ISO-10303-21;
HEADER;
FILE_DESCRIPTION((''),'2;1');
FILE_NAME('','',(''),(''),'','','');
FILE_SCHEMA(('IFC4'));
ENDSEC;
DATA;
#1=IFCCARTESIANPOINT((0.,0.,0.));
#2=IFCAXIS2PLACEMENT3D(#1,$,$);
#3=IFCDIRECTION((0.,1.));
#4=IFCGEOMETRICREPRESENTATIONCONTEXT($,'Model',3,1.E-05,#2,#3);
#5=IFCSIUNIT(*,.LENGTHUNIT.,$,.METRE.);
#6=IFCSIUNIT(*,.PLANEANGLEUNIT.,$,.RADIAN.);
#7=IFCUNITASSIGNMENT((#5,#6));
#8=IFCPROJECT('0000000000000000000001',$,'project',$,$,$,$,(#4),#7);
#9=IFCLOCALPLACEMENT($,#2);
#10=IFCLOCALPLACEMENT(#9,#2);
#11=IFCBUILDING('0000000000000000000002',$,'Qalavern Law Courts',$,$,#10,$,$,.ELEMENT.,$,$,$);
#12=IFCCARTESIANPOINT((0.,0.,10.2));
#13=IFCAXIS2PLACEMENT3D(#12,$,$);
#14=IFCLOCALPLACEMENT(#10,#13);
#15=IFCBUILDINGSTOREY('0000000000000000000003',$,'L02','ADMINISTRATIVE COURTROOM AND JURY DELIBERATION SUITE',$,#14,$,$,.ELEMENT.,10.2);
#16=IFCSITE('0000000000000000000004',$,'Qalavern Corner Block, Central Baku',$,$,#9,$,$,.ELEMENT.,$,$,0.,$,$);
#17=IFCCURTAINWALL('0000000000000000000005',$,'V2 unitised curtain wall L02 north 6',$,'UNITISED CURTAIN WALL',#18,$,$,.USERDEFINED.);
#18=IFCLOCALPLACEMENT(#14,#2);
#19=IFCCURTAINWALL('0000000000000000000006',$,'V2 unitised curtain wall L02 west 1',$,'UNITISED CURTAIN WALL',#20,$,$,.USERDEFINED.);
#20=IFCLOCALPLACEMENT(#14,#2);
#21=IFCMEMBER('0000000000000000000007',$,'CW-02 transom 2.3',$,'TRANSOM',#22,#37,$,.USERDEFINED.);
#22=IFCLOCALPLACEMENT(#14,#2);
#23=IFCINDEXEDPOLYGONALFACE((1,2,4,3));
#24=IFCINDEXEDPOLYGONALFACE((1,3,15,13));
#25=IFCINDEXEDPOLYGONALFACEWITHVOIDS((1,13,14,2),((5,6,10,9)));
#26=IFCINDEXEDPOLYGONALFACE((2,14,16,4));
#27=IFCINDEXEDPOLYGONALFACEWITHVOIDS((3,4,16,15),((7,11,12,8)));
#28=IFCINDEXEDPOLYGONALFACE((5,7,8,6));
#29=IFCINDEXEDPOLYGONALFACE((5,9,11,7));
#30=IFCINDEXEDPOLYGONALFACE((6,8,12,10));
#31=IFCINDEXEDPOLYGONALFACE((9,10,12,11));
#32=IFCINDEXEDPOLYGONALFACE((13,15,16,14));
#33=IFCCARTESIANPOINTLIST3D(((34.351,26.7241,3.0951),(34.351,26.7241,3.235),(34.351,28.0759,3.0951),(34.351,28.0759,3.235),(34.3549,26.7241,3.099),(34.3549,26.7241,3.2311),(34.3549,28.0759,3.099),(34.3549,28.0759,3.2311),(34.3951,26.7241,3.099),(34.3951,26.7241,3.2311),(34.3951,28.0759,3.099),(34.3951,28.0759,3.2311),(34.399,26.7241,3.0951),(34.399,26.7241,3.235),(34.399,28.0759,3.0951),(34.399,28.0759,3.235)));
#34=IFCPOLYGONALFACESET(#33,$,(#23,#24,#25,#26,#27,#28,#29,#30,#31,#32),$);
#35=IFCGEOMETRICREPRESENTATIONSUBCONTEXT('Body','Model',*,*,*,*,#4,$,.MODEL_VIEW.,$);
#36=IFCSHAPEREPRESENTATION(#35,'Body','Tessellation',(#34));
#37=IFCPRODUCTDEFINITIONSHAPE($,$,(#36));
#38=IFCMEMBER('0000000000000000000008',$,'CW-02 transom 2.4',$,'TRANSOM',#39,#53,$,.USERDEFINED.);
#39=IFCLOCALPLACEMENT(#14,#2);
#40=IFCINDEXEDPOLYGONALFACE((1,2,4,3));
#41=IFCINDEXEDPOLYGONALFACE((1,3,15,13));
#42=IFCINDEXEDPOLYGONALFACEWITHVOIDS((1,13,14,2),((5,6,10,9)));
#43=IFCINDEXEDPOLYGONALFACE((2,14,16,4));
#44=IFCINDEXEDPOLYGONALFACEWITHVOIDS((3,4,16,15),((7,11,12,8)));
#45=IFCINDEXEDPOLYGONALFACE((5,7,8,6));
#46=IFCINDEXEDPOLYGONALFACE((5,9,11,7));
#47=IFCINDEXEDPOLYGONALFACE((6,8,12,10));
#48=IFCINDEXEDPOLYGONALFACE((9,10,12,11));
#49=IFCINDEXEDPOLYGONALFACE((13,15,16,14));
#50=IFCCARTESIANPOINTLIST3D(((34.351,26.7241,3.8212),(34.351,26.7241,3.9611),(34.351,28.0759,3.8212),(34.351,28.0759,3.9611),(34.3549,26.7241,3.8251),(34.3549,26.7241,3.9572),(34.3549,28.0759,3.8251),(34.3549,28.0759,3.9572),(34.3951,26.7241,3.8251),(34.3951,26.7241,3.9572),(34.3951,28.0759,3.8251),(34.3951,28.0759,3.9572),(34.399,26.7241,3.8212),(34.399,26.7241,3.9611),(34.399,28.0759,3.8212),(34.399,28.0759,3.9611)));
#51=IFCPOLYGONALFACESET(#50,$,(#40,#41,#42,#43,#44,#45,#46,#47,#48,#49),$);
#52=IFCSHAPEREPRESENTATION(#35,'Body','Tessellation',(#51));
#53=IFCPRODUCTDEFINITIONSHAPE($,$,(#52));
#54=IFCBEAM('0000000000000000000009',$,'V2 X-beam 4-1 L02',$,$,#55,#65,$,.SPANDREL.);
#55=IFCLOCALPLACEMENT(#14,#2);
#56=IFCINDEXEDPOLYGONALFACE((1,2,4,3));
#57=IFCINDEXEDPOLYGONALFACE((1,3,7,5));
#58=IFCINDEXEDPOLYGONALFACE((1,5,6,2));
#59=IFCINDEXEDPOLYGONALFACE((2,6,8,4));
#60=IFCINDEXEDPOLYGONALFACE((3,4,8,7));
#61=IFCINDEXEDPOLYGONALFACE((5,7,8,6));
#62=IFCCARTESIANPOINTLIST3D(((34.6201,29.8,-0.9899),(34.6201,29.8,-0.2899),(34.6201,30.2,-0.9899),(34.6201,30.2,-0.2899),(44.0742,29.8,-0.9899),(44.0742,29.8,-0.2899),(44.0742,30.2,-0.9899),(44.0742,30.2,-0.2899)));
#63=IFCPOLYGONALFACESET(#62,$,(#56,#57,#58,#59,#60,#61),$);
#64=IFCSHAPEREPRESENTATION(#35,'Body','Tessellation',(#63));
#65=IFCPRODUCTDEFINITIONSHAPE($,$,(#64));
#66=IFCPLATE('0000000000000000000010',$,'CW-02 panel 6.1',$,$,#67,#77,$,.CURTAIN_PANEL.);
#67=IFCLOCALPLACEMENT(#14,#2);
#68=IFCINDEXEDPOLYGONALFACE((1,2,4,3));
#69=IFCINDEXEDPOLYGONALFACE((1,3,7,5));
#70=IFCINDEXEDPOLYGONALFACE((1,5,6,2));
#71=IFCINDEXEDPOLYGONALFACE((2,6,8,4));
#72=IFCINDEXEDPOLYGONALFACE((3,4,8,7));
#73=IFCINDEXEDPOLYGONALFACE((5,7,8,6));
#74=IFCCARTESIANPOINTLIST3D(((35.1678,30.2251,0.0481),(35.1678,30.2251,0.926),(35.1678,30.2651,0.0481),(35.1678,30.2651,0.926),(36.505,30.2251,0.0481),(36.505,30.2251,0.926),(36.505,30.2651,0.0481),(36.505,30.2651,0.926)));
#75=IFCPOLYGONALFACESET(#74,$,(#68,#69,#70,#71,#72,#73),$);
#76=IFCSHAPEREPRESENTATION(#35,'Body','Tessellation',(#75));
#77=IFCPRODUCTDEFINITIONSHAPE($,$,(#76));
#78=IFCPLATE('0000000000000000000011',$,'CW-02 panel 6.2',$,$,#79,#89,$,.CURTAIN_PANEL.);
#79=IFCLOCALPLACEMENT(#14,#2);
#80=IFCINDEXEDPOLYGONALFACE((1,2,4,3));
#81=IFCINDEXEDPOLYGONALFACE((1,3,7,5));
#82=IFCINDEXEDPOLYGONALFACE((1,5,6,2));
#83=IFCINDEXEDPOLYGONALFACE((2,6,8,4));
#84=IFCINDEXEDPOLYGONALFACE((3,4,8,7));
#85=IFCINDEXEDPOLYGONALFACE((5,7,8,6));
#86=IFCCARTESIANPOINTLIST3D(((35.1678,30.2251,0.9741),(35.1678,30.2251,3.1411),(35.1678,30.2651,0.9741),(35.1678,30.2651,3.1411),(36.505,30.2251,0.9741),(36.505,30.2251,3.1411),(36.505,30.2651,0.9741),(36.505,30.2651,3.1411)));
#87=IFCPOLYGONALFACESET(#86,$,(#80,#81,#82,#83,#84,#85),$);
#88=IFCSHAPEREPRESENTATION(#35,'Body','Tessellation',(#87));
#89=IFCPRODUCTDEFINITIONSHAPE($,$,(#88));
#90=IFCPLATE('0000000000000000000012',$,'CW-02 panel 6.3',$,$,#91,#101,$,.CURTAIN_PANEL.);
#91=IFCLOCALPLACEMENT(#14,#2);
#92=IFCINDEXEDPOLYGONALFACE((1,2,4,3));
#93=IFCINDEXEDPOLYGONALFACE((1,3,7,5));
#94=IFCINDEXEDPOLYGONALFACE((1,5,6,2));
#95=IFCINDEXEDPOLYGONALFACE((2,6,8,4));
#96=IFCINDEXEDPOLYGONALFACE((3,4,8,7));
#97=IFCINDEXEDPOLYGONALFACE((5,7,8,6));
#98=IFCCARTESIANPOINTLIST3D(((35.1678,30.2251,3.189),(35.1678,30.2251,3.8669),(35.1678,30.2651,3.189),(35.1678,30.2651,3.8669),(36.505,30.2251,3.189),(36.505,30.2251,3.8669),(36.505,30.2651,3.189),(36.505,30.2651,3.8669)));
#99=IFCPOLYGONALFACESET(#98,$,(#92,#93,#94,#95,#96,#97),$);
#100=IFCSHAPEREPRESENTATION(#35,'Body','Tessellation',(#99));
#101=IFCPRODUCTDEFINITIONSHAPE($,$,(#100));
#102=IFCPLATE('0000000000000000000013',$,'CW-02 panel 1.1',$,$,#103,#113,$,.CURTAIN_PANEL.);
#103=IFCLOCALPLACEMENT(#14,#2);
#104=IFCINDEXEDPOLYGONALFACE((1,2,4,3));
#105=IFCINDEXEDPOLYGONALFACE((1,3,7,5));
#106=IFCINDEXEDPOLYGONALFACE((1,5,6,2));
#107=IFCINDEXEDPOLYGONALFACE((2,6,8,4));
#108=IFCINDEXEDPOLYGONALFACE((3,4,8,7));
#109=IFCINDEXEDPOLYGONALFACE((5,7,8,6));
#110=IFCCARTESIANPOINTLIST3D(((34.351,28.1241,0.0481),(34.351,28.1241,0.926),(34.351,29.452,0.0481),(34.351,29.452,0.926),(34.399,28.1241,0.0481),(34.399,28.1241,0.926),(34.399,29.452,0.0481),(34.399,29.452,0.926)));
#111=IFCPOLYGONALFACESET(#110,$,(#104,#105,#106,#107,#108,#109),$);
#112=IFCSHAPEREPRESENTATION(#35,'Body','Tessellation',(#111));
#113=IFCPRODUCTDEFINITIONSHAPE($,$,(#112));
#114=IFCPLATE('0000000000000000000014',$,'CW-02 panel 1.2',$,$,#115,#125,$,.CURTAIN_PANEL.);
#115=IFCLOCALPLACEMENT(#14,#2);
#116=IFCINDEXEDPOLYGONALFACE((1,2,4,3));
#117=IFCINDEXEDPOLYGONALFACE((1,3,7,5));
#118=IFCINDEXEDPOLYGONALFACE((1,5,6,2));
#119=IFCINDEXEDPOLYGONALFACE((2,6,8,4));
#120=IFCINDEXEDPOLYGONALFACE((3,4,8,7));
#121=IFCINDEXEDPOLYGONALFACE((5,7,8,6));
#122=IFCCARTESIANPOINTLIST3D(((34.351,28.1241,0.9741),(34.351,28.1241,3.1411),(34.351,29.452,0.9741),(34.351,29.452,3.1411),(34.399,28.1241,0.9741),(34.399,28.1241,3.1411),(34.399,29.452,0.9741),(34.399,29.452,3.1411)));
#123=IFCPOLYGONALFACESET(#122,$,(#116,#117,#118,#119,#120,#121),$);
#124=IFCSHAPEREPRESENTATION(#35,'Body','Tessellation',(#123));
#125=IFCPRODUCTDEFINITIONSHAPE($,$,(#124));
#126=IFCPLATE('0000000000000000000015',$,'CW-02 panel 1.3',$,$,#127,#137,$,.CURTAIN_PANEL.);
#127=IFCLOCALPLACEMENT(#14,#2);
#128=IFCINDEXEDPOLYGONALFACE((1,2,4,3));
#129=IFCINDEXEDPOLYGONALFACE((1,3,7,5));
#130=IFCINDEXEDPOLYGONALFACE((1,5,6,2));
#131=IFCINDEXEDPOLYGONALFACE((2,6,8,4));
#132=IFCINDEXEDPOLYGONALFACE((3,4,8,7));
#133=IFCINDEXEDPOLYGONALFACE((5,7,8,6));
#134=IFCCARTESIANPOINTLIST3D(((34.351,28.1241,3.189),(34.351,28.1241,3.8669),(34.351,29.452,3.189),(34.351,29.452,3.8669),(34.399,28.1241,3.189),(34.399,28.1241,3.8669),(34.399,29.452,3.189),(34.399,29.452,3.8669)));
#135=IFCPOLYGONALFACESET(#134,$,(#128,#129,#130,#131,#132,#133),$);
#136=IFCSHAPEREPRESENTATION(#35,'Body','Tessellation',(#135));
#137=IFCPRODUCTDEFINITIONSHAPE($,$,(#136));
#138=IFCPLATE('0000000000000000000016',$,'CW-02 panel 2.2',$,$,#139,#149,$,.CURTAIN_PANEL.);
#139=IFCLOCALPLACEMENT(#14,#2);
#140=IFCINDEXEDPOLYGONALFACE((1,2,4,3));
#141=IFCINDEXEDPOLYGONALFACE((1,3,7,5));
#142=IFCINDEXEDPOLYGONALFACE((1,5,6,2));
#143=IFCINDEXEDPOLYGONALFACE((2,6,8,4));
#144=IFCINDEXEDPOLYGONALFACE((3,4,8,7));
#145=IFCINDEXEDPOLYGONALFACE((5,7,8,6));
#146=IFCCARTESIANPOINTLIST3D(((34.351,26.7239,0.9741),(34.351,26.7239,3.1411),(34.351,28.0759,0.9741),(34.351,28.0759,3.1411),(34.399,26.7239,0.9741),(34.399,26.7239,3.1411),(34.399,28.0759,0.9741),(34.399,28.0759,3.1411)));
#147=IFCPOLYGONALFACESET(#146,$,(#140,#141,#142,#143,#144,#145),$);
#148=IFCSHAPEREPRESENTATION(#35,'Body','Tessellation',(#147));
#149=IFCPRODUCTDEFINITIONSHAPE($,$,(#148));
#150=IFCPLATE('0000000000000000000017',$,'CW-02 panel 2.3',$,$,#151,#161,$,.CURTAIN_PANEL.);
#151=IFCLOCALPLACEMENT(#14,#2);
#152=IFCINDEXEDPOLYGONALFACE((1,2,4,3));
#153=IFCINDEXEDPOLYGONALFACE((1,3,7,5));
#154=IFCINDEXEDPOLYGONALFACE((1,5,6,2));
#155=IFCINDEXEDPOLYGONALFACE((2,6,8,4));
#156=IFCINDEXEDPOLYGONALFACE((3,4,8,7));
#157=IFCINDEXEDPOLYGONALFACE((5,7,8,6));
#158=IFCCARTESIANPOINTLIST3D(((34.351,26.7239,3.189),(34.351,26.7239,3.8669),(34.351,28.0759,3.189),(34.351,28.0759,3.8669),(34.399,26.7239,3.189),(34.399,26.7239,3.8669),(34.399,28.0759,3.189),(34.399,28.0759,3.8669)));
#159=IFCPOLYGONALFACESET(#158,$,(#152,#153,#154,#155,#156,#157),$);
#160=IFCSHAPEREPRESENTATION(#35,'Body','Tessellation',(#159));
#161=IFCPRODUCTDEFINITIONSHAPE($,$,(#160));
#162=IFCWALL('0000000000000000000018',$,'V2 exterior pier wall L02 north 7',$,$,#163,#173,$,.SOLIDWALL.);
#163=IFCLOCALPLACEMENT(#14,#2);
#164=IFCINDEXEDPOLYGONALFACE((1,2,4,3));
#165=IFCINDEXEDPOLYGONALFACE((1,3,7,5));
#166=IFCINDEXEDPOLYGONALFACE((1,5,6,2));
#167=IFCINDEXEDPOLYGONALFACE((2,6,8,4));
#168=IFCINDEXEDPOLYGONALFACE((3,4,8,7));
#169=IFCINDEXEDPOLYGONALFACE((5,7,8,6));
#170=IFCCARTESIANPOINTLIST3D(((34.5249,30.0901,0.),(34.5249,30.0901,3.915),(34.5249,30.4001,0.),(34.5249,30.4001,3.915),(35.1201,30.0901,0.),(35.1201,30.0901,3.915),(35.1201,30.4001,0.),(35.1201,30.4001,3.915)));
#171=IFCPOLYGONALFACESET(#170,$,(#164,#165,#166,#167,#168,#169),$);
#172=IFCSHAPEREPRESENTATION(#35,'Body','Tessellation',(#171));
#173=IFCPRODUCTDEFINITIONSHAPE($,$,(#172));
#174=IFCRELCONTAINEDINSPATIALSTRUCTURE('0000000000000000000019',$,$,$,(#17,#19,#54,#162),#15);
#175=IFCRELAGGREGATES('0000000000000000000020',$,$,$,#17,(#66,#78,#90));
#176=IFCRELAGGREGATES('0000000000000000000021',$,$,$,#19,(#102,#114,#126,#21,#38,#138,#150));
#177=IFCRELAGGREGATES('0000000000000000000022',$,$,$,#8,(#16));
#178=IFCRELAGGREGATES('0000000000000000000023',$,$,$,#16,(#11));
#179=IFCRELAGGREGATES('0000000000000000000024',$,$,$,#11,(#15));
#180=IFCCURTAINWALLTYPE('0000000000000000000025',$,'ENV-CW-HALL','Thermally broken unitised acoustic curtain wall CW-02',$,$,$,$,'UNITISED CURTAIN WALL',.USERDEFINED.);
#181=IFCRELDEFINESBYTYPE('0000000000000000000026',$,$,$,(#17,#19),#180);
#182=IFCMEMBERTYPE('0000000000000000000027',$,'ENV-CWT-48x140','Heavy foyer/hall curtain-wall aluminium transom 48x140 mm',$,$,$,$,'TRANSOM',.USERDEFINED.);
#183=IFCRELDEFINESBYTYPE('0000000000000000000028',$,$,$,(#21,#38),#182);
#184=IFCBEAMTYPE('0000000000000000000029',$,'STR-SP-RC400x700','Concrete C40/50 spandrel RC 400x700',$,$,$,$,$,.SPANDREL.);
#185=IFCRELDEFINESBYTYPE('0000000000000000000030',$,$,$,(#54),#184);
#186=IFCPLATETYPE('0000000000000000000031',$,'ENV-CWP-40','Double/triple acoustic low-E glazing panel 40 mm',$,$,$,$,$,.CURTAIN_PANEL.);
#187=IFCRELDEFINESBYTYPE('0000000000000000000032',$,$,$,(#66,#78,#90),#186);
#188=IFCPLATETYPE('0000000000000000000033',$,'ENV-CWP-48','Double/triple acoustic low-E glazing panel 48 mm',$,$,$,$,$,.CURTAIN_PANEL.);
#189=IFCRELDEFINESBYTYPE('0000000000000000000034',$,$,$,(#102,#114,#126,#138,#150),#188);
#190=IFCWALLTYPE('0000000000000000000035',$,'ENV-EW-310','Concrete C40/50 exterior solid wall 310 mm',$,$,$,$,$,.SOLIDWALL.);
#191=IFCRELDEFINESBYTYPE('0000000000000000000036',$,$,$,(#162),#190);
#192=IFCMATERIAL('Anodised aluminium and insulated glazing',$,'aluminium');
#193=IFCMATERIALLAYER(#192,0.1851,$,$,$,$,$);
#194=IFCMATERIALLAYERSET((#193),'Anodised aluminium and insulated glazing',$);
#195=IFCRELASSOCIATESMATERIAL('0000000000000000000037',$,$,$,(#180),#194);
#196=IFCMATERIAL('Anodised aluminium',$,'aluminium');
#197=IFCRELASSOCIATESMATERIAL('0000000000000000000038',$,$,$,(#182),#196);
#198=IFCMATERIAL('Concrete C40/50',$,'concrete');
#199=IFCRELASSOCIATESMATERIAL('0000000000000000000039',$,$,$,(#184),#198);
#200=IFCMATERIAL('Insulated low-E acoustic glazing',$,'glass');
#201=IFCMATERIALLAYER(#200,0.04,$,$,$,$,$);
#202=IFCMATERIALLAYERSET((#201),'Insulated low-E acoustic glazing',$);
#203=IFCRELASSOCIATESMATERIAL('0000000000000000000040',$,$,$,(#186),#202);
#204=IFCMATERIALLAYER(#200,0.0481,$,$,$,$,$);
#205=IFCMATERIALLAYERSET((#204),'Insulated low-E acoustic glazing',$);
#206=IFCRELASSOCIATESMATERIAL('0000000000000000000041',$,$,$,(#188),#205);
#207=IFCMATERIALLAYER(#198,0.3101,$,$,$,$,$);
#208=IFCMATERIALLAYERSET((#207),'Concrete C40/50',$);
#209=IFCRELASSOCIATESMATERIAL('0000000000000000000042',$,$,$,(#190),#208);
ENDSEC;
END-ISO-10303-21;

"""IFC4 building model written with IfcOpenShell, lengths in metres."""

from ifc_helpers import new_model, si_unit, direction, frame, frame_2d, origin, origin_2d, place, context, subcontext, project, spatial, rectangle, hollow_rectangle, extrude, material, layer, layer_set, material_profile, profile_set, type_object, element, aggregate, save


model = new_model("IFC4")

# Units and contexts
model_context = context("Model", 3, precision=1e-05, world=origin(), true_north=direction((0.0, 1.0)))
body_context = subcontext(model_context, "Body", "Model", "MODEL_VIEW")
ifc_project = project(units=[si_unit("LENGTHUNIT", "METRE"), si_unit("PLANEANGLEUNIT", "RADIAN")], contexts=[model_context])

# Site, building, storey
site_placement = place(None, origin())
site = spatial("IfcSite", under=ifc_project, at=site_placement, Name="Qalavern Corner Block, Central Baku", CompositionType="ELEMENT", RefElevation=0.0)
building_placement = place(site_placement, origin())
building = spatial("IfcBuilding", under=site, at=building_placement, Name="Qalavern Law Courts", CompositionType="ELEMENT")
storey_placement = place(building_placement, frame((0.0, 0.0, 10.2)))
storey = spatial("IfcBuildingStorey", under=building, at=storey_placement, Name="L02", Description="ADMINISTRATIVE COURTROOM AND JURY DELIBERATION SUITE", CompositionType="ELEMENT", Elevation=10.2)

# Curtain wall
ifc_material_1 = material(Name="Anodised aluminium and insulated glazing", Category="aluminium")
ifc_layer_1 = layer(ifc_material_1, 0.1851)
ifc_layer_set_1 = layer_set([ifc_layer_1], Name="Anodised aluminium and insulated glazing")
curtain_wall_type = type_object("IfcCurtainWallType", Name="ENV-CW-HALL", Description="Thermally broken unitised acoustic curtain wall CW-02", ElementType="UNITISED CURTAIN WALL", PredefinedType="USERDEFINED", material=ifc_layer_set_1)
curtain_wall_1_placement = place(storey_placement, origin())
curtain_wall_1 = element("IfcCurtainWall", 1, at=curtain_wall_1_placement, inside=storey, type_object=curtain_wall_type, Name="V2 unitised curtain wall L02 north 6", ObjectType="UNITISED CURTAIN WALL", PredefinedType="USERDEFINED")
ifc_material_2 = material(Name="Anodised aluminium", Category="aluminium")

# Curtain wall
curtain_wall_2_placement = place(storey_placement, origin())
curtain_wall_2 = element("IfcCurtainWall", 2, at=curtain_wall_2_placement, inside=storey, type_object=curtain_wall_type, Name="V2 unitised curtain wall L02 west 1", ObjectType="UNITISED CURTAIN WALL", PredefinedType="USERDEFINED")

# Members
ifc_material_profile_1 = material_profile(ifc_material_2, hollow_rectangle(XDim=0.0481, YDim=0.1399, WallThickness=0.0039, at=origin_2d()), Name="ALU TRANSOM 48x140")
ifc_profile_set_1 = profile_set([ifc_material_profile_1], Name="Anodised aluminium")
member_type_1 = type_object("IfcMemberType", Name="ENV-CWT-48x140", Description="Heavy foyer/hall curtain-wall aluminium transom 48x140 mm", ElementType="TRANSOM", PredefinedType="USERDEFINED", material=ifc_profile_set_1)
member_1_placement = place(storey_placement, frame((34.375, 28.0759, 3.165), z_axis=(0.0, -1.0, 0.0), x_axis=(1.0, 0.0, 0.0)))
member_1 = element("IfcMember", 3, at=member_1_placement, type_object=member_type_1, Name="CW-02 transom 2.3", ObjectType="TRANSOM", PredefinedType="USERDEFINED", context=body_context, shape_type="SweptSolid", body=[
    extrude(hollow_rectangle(XDim=0.0481, YDim=0.1399, WallThickness=0.0039, at=origin_2d()), origin(), (0.0, 0.0, 1.0), 1.3518),
])
member_2_placement = place(storey_placement, frame((34.375, 28.0759, 3.8911), z_axis=(0.0, -1.0, 0.0), x_axis=(1.0, 0.0, 0.0)))
member_2 = element("IfcMember", 4, at=member_2_placement, type_object=member_type_1, Name="CW-02 transom 2.4", ObjectType="TRANSOM", PredefinedType="USERDEFINED", context=body_context, shape_type="SweptSolid", body=[
    extrude(hollow_rectangle(XDim=0.0481, YDim=0.1399, WallThickness=0.0039, at=origin_2d()), origin(), (0.0, 0.0, 1.0), 1.3518),
])

# Beam
ifc_material_3 = material(Name="Concrete C40/50", Category="concrete")
ifc_material_profile_2 = material_profile(ifc_material_3, rectangle(XDim=0.3999, YDim=0.7, at=origin_2d()), Name="RC 400x700")
ifc_profile_set_2 = profile_set([ifc_material_profile_2], Name="Concrete C40/50")
beam_type = type_object("IfcBeamType", Name="STR-SP-RC400x700", Description="Concrete C40/50 spandrel RC 400x700", PredefinedType="SPANDREL", material=ifc_profile_set_2)
beam_placement = place(storey_placement, frame((34.6201, 30.0, -0.6399), z_axis=(1.0, 0.0, 0.0), x_axis=(0.0, 1.0, 0.0)))
element("IfcBeam", 5, at=beam_placement, inside=storey, type_object=beam_type, Name="V2 X-beam 4-1 L02", PredefinedType="SPANDREL", context=body_context, shape_type="SweptSolid", body=[
    extrude(rectangle(XDim=0.3999, YDim=0.7, at=origin_2d()), origin(), (0.0, 0.0, 1.0), 9.4541),
])

# Plates
ifc_material_4 = material(Name="Insulated low-E acoustic glazing", Category="glass")
ifc_layer_2 = layer(ifc_material_4, 0.04)
ifc_layer_set_2 = layer_set([ifc_layer_2], Name="Insulated low-E acoustic glazing")
plate_type_1 = type_object("IfcPlateType", Name="ENV-CWP-40", Description="Double/triple acoustic low-E glazing panel 40 mm", PredefinedType="CURTAIN_PANEL", material=ifc_layer_set_2)
plate_1_placement = place(storey_placement, frame((35.8364, 30.2451, 0.0481), z_axis=(0.0, 0.0, 1.0), x_axis=(-1.0, 0.0, 0.0)))
plate_1 = element("IfcPlate", 6, at=plate_1_placement, type_object=plate_type_1, Name="CW-02 panel 6.1", PredefinedType="CURTAIN_PANEL", context=body_context, shape_type="SweptSolid", body=[
    extrude(rectangle(XDim=1.3372, YDim=0.04, at=origin_2d()), origin(), (0.0, 0.0, 1.0), 0.8779),
])
plate_2_placement = place(storey_placement, frame((35.8364, 30.2451, 0.9741), z_axis=(0.0, 0.0, 1.0), x_axis=(-1.0, 0.0, 0.0)))
plate_2 = element("IfcPlate", 7, at=plate_2_placement, type_object=plate_type_1, Name="CW-02 panel 6.2", PredefinedType="CURTAIN_PANEL", context=body_context, shape_type="SweptSolid", body=[
    extrude(rectangle(XDim=1.3372, YDim=0.04, at=origin_2d()), origin(), (0.0, 0.0, 1.0), 2.167),
])
plate_3_placement = place(storey_placement, frame((35.8364, 30.2451, 3.189), z_axis=(0.0, 0.0, 1.0), x_axis=(-1.0, 0.0, 0.0)))
plate_3 = element("IfcPlate", 8, at=plate_3_placement, type_object=plate_type_1, Name="CW-02 panel 6.3", PredefinedType="CURTAIN_PANEL", context=body_context, shape_type="SweptSolid", body=[
    extrude(rectangle(XDim=1.3372, YDim=0.04, at=origin_2d()), origin(), (0.0, 0.0, 1.0), 0.678),
])
aggregate(curtain_wall_1, [plate_1, plate_2, plate_3])
ifc_layer_3 = layer(ifc_material_4, 0.0481)
ifc_layer_set_3 = layer_set([ifc_layer_3], Name="Insulated low-E acoustic glazing")
plate_type_2 = type_object("IfcPlateType", Name="ENV-CWP-48", Description="Double/triple acoustic low-E glazing panel 48 mm", PredefinedType="CURTAIN_PANEL", material=ifc_layer_set_3)
plate_4_placement = place(storey_placement, frame((34.375, 28.7881, 0.0481), z_axis=(0.0, 0.0, 1.0), x_axis=(0.0, -1.0, 0.0)))
plate_4 = element("IfcPlate", 9, at=plate_4_placement, type_object=plate_type_2, Name="CW-02 panel 1.1", PredefinedType="CURTAIN_PANEL", context=body_context, shape_type="SweptSolid", body=[
    extrude(rectangle(XDim=1.3279, YDim=0.0481, at=origin_2d()), origin(), (0.0, 0.0, 1.0), 0.8779),
])
plate_5_placement = place(storey_placement, frame((34.375, 28.7881, 0.9741), z_axis=(0.0, 0.0, 1.0), x_axis=(0.0, -1.0, 0.0)))
plate_5 = element("IfcPlate", 10, at=plate_5_placement, type_object=plate_type_2, Name="CW-02 panel 1.2", PredefinedType="CURTAIN_PANEL", context=body_context, shape_type="SweptSolid", body=[
    extrude(rectangle(XDim=1.3279, YDim=0.0481, at=origin_2d()), origin(), (0.0, 0.0, 1.0), 2.167),
])
plate_6_placement = place(storey_placement, frame((34.375, 28.7881, 3.189), z_axis=(0.0, 0.0, 1.0), x_axis=(0.0, -1.0, 0.0)))
plate_6 = element("IfcPlate", 11, at=plate_6_placement, type_object=plate_type_2, Name="CW-02 panel 1.3", PredefinedType="CURTAIN_PANEL", context=body_context, shape_type="SweptSolid", body=[
    extrude(rectangle(XDim=1.3279, YDim=0.0481, at=origin_2d()), origin(), (0.0, 0.0, 1.0), 0.678),
])
plate_7_placement = place(storey_placement, frame((34.375, 27.3999, 0.9741), z_axis=(0.0, 0.0, 1.0), x_axis=(0.0, -1.0, 0.0)))
plate_7 = element("IfcPlate", 12, at=plate_7_placement, type_object=plate_type_2, Name="CW-02 panel 2.2", PredefinedType="CURTAIN_PANEL", context=body_context, shape_type="SweptSolid", body=[
    extrude(rectangle(XDim=1.3521, YDim=0.0481, at=origin_2d()), origin(), (0.0, 0.0, 1.0), 2.167),
])
plate_8_placement = place(storey_placement, frame((34.375, 27.3999, 3.189), z_axis=(0.0, 0.0, 1.0), x_axis=(0.0, -1.0, 0.0)))
plate_8 = element("IfcPlate", 13, at=plate_8_placement, type_object=plate_type_2, Name="CW-02 panel 2.3", PredefinedType="CURTAIN_PANEL", context=body_context, shape_type="SweptSolid", body=[
    extrude(rectangle(XDim=1.3521, YDim=0.0481, at=origin_2d()), origin(), (0.0, 0.0, 1.0), 0.678),
])
aggregate(curtain_wall_2, [plate_4, plate_5, plate_6, member_1, member_2, plate_7, plate_8])

# Wall
ifc_layer_4 = layer(ifc_material_3, 0.3101)
ifc_layer_set_4 = layer_set([ifc_layer_4], Name="Concrete C40/50")
wall_type = type_object("IfcWallType", Name="ENV-EW-310", Description="Concrete C40/50 exterior solid wall 310 mm", PredefinedType="SOLIDWALL", material=ifc_layer_set_4)
wall_placement = place(storey_placement, frame((35.1201, 30.2451, 0.0), z_axis=(0.0, 0.0, 1.0), x_axis=(-1.0, 0.0, 0.0)))
element("IfcWall", 14, at=wall_placement, inside=storey, type_object=wall_type, Name="V2 exterior pier wall L02 north 7", PredefinedType="SOLIDWALL", context=body_context, shape_type="SweptSolid", body=[
    extrude(rectangle(XDim=0.5952, YDim=0.3101, at=frame_2d((0.2976, 0.0))), origin(), (0.0, 0.0, 1.0), 3.915),
])

save(model, "model.ifc")
